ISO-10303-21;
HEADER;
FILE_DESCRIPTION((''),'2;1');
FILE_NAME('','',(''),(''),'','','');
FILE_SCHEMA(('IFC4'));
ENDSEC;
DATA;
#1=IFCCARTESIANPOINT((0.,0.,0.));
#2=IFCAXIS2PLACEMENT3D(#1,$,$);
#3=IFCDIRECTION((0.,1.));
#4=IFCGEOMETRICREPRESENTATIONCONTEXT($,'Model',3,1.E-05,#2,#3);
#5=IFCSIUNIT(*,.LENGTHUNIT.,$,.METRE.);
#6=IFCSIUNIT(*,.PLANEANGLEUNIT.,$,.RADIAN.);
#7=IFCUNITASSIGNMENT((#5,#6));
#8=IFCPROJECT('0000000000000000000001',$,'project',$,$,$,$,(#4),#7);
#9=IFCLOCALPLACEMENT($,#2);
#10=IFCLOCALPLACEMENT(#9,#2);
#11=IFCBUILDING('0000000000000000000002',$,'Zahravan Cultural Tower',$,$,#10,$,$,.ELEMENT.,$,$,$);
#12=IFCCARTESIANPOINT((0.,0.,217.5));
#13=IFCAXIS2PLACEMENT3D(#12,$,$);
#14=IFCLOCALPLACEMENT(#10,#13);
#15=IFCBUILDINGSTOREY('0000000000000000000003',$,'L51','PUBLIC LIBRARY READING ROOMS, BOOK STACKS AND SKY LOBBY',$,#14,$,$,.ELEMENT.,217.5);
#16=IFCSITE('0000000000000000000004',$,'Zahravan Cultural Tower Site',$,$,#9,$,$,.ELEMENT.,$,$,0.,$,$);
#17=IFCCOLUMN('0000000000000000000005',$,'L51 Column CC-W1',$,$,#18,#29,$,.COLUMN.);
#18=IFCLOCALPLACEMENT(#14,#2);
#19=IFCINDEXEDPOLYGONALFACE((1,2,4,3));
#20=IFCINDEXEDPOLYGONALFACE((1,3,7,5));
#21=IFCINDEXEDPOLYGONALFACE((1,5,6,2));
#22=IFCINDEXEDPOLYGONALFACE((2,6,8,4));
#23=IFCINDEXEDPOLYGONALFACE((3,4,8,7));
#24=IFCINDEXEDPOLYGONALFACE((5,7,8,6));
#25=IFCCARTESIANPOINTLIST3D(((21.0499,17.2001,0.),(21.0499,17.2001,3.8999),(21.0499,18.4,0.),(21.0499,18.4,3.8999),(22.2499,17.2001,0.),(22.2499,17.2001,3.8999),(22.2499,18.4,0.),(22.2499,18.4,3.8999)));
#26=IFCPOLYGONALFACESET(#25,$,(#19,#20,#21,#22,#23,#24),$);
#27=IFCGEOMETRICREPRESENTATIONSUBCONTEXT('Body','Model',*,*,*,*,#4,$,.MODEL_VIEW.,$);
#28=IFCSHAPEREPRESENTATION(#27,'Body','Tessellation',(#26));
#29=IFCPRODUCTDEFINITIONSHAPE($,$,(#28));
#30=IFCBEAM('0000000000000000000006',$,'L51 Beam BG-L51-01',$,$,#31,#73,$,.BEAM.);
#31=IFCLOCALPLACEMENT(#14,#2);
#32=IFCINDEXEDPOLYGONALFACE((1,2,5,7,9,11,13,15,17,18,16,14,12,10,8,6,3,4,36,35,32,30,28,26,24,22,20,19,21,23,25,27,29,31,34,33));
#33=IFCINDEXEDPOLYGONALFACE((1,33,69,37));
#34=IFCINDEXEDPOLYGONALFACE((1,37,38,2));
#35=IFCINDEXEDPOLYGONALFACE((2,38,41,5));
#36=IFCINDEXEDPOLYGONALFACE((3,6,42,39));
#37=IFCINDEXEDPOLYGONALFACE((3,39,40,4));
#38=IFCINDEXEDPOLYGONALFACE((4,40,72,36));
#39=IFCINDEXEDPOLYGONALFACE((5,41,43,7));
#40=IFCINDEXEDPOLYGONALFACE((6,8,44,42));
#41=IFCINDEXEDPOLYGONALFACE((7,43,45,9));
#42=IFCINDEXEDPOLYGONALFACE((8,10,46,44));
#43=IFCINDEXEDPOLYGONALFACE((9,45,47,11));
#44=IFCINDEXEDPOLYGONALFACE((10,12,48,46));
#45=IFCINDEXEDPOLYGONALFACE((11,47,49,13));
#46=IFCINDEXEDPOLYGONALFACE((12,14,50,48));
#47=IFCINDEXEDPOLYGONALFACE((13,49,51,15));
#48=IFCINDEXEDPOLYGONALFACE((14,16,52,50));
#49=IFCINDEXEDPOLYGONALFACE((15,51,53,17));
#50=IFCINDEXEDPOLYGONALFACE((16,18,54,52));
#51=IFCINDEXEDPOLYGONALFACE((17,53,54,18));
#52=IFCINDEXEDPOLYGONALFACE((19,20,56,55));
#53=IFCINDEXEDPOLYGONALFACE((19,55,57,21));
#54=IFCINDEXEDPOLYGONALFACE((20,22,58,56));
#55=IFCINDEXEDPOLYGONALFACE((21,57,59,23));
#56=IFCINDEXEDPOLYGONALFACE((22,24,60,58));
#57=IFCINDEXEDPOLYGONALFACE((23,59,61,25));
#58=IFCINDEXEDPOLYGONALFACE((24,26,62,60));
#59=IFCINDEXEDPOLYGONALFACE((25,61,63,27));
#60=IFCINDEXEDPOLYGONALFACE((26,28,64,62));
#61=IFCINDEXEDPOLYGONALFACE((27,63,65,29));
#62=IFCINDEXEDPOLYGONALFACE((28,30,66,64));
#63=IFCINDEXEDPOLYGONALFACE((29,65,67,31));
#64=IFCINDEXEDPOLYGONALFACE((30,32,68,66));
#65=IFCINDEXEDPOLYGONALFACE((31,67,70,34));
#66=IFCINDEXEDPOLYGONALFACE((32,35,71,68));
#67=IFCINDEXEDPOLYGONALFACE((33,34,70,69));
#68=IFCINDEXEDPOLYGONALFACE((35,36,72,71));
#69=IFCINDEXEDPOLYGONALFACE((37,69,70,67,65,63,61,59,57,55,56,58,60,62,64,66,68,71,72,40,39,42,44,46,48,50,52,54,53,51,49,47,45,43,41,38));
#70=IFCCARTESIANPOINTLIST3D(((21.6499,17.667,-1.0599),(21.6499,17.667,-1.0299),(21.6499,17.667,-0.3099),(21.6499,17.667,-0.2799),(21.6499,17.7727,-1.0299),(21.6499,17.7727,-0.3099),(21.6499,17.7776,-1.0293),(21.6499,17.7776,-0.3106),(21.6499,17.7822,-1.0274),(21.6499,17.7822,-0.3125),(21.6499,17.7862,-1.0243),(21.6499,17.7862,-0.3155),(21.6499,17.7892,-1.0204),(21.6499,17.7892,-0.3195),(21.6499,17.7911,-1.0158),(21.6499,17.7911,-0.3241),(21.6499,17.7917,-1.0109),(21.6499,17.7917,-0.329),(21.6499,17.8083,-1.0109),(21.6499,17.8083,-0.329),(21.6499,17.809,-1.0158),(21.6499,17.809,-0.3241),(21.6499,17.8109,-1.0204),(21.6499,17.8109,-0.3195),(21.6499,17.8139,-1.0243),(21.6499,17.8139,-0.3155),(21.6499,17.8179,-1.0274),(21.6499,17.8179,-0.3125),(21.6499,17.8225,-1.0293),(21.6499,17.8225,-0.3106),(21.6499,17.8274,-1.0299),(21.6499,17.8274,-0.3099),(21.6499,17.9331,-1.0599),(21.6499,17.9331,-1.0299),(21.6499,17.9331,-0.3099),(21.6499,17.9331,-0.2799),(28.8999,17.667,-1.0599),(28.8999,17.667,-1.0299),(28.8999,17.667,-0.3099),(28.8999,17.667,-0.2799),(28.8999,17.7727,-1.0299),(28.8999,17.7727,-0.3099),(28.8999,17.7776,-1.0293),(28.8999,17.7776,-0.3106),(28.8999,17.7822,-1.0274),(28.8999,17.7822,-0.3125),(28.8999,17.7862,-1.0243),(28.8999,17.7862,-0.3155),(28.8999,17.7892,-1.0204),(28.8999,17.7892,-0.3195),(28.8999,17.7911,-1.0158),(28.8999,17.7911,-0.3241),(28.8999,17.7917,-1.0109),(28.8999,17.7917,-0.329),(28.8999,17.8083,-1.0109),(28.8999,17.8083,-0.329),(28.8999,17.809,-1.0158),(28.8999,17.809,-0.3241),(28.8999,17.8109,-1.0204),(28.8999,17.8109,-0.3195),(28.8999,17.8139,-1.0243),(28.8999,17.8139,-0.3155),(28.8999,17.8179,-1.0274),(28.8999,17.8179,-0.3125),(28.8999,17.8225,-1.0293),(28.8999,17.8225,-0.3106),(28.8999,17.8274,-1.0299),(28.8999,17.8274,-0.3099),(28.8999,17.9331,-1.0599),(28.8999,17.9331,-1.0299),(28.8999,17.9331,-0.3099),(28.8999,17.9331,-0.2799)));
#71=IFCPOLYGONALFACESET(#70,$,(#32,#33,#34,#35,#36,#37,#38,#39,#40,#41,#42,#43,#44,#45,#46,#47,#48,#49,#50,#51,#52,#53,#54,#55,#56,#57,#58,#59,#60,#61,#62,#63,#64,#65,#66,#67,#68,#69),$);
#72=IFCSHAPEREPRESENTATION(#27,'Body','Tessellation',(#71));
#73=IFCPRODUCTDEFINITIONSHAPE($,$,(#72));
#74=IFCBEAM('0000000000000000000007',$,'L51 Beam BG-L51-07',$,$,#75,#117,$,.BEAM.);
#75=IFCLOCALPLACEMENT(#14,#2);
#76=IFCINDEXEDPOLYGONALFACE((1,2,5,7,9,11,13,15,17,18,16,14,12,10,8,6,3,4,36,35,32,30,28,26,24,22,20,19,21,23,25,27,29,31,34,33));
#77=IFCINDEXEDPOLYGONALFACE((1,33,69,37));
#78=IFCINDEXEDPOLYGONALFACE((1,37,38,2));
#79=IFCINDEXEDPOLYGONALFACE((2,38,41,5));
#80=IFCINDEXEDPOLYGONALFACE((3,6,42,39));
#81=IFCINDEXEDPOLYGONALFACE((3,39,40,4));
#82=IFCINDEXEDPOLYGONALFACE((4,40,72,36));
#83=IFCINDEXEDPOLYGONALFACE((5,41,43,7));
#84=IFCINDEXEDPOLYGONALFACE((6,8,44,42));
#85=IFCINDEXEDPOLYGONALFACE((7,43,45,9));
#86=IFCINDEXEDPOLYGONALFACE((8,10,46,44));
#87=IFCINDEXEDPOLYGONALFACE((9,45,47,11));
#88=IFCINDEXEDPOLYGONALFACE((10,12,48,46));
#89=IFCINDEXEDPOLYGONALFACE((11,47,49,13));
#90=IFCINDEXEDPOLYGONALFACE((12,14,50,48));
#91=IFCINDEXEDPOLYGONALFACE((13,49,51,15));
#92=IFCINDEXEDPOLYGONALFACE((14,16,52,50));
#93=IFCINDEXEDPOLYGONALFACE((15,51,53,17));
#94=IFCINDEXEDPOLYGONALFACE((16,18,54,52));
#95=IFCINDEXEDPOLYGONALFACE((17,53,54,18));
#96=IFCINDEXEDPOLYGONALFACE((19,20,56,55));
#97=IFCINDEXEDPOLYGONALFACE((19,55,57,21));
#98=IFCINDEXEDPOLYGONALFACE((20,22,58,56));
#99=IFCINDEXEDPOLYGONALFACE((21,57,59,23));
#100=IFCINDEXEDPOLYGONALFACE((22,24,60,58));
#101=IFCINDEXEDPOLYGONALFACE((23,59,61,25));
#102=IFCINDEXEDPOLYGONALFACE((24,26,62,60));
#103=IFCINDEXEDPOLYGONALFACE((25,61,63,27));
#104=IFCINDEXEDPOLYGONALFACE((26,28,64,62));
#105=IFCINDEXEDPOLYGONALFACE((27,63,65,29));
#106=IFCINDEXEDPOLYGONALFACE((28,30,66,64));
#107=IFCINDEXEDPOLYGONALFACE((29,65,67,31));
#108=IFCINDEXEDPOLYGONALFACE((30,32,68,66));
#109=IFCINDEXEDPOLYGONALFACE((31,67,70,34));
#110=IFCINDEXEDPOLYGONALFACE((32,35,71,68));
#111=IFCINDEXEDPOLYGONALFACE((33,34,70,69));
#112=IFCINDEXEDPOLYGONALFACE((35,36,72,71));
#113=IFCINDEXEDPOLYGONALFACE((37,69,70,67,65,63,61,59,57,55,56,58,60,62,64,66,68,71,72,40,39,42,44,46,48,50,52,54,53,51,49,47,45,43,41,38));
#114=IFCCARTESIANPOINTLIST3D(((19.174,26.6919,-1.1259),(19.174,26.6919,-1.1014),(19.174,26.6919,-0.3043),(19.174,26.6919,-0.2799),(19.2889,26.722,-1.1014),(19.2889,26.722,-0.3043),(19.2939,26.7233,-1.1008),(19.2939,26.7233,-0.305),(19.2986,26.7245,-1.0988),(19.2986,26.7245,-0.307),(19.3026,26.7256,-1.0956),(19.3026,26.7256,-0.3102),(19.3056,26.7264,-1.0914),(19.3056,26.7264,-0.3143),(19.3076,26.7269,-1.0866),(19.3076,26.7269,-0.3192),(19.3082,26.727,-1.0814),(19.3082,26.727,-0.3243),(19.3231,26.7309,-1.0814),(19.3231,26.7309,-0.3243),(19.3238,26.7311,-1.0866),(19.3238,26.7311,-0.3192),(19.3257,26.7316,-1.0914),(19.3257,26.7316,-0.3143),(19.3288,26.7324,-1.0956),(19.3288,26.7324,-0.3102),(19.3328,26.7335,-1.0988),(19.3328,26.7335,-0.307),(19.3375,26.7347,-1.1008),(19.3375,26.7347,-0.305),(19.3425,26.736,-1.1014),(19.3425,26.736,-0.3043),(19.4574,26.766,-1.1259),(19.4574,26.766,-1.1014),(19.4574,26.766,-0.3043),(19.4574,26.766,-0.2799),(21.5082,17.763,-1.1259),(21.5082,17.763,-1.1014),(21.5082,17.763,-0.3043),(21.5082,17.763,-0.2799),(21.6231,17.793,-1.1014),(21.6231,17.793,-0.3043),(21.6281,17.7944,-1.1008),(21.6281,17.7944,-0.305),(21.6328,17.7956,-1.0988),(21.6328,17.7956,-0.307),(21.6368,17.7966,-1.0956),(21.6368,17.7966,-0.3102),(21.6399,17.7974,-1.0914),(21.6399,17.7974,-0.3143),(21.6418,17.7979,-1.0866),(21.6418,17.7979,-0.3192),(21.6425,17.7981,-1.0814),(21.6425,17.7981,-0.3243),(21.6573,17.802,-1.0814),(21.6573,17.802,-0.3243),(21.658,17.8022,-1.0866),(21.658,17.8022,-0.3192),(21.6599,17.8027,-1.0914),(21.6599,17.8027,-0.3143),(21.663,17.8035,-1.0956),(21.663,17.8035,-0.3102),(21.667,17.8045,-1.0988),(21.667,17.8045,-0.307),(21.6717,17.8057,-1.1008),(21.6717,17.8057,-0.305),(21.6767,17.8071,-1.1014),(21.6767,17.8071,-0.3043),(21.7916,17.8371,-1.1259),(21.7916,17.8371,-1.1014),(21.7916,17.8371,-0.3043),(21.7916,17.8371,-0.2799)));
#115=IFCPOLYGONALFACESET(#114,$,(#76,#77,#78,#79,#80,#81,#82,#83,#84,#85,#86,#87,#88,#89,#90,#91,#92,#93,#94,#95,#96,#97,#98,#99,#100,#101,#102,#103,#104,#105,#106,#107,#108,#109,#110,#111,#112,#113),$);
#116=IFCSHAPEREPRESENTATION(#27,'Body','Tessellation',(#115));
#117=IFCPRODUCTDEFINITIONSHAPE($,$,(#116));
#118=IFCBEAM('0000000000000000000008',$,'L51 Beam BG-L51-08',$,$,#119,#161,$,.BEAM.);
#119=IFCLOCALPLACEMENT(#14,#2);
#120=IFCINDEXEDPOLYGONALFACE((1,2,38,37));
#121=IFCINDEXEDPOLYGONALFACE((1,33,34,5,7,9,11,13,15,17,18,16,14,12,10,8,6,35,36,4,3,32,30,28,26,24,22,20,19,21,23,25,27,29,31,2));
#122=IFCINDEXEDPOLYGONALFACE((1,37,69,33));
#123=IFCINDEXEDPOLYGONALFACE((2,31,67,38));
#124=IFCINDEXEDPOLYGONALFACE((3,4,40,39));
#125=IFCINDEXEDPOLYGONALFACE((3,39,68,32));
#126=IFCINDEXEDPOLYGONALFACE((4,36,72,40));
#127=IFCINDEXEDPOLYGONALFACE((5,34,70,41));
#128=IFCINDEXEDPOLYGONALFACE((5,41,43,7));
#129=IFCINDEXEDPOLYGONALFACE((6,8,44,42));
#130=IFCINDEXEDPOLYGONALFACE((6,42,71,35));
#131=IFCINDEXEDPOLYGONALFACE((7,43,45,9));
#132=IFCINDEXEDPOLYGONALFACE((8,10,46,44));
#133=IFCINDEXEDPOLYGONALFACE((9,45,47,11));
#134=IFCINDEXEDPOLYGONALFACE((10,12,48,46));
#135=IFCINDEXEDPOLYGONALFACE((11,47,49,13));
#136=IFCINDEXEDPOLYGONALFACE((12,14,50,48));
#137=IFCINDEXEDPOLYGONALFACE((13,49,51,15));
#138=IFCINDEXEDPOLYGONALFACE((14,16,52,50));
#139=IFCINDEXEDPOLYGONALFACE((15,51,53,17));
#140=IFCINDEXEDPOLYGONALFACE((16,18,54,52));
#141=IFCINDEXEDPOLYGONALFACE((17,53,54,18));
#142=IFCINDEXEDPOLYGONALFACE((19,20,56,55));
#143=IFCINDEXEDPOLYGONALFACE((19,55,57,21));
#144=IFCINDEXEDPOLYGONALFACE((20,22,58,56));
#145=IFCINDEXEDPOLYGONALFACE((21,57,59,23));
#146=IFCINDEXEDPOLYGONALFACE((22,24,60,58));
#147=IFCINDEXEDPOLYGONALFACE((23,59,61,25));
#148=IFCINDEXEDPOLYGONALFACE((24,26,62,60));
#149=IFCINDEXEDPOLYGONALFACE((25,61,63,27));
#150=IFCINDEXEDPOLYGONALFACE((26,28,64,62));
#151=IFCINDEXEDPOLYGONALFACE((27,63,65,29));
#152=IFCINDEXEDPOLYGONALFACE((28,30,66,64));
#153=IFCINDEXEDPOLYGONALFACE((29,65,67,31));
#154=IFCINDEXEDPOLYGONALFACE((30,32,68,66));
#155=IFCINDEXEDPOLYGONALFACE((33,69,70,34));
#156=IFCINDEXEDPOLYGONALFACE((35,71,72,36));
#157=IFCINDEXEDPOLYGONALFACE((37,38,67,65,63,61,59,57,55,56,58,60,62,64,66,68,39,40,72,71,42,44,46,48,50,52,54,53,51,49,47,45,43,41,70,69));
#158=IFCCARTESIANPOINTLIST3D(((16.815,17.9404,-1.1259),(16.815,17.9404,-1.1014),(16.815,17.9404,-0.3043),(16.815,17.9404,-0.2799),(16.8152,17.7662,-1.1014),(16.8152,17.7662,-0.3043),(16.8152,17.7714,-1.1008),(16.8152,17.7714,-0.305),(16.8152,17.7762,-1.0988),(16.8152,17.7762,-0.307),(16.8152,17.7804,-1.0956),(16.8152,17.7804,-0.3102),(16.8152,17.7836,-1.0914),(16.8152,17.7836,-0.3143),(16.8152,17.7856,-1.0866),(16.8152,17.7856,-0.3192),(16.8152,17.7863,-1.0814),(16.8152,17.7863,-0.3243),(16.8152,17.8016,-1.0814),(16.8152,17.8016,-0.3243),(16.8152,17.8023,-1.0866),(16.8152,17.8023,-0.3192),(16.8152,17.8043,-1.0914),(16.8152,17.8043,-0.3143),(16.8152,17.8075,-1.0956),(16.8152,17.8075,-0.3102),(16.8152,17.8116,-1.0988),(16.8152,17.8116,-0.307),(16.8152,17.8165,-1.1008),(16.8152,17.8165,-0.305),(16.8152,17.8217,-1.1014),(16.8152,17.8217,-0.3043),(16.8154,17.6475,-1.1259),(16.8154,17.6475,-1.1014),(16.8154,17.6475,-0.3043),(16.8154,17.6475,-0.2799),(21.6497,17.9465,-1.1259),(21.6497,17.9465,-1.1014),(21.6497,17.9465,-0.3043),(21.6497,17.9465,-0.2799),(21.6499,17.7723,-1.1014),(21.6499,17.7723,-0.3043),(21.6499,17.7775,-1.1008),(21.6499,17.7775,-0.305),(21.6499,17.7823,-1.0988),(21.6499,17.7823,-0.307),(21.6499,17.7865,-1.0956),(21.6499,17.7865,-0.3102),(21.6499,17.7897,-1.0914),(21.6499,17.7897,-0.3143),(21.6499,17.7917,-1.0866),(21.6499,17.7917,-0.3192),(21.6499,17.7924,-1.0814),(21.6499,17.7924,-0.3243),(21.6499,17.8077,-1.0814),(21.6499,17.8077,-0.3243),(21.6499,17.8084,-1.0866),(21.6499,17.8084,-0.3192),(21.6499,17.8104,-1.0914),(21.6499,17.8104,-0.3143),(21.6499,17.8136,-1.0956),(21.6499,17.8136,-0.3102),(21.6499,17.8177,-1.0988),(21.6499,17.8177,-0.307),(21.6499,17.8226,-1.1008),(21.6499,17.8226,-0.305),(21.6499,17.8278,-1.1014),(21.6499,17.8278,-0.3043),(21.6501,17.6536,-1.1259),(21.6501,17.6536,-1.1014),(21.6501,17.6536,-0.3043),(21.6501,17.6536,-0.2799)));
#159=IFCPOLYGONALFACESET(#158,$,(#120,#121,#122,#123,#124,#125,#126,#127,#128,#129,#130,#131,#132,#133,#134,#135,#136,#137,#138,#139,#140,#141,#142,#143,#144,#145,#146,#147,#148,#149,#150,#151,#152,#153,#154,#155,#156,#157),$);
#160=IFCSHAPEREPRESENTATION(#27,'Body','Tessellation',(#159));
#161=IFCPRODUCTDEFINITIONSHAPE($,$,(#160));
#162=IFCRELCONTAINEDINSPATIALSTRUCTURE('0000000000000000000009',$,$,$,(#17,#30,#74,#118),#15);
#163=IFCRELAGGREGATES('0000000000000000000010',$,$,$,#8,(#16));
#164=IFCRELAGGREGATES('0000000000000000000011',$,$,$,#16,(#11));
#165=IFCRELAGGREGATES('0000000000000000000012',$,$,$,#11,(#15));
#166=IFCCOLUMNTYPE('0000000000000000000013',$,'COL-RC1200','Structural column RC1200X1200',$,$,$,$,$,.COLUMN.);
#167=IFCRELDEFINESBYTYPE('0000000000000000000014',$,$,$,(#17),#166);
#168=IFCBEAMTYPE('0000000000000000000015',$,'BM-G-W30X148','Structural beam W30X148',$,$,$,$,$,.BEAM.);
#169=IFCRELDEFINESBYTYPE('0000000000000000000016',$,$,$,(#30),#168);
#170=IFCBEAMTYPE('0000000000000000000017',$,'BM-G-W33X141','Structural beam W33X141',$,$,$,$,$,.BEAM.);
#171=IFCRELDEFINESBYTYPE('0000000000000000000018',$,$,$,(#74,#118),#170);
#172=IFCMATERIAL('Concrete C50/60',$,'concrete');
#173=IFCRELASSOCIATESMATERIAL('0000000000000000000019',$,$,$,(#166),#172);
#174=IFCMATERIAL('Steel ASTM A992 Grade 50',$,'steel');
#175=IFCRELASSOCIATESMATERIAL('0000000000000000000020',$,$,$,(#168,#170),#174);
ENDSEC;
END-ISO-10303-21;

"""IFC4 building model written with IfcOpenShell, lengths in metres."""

from ifc_helpers import new_model, si_unit, direction, frame, origin, origin_2d, place, context, subcontext, project, spatial, rectangle, i_section, extrude, source, transform, mapped, material, material_profile, profile_set, type_object, element, save


model = new_model("IFC4")

# Units and contexts
model_context = context("Model", 3, precision=1e-05, world=origin(), true_north=direction((0.0, 1.0)))
body_context = subcontext(model_context, "Body", "Model", "MODEL_VIEW")
ifc_project = project(units=[si_unit("LENGTHUNIT", "METRE"), si_unit("PLANEANGLEUNIT", "RADIAN")], contexts=[model_context])

# Site, building, storey
site_placement = place(None, origin())
site = spatial("IfcSite", under=ifc_project, at=site_placement, Name="Zahravan Cultural Tower Site", CompositionType="ELEMENT", RefElevation=0.0)
building_placement = place(site_placement, origin())
building = spatial("IfcBuilding", under=site, at=building_placement, Name="Zahravan Cultural Tower", CompositionType="ELEMENT")
storey_placement = place(building_placement, frame((0.0, 0.0, 217.5)))
storey = spatial("IfcBuildingStorey", under=building, at=storey_placement, Name="L51", Description="PUBLIC LIBRARY READING ROOMS, BOOK STACKS AND SKY LOBBY", CompositionType="ELEMENT", Elevation=217.5)

# Column
ifc_material_1 = material(Name="Concrete C50/60", Category="concrete")
ifc_material_profile_1 = material_profile(ifc_material_1, rectangle(XDim=1.2, YDim=1.2, at=origin_2d()), Name="RC1200X1200")
ifc_profile_set_1 = profile_set([ifc_material_profile_1], Name="Concrete C50/60")
column_type = type_object("IfcColumnType", Name="COL-RC1200", Description="Structural column RC1200X1200", PredefinedType="COLUMN", material=ifc_profile_set_1)
shared_shape_1 = source(origin(), body_context, "Body", "SweptSolid", [
    extrude(rectangle(XDim=1.2, YDim=1.2, at=origin_2d()), origin(), (0.0, 0.0, 1.0), 3.8999),
])
column_placement = place(storey_placement, frame((21.6499, 17.8, 0.0), z_axis=(0.0, 0.0, 1.0), x_axis=(1.0, 0.0, 0.0)))
element("IfcColumn", 1, at=column_placement, inside=storey, type_object=column_type, Name="L51 Column CC-W1", PredefinedType="COLUMN", context=body_context, shape_type="MappedRepresentation", body=[
    mapped(shared_shape_1, transform((0.0, 0.0, 0.0), x_axis=(1.0, 0.0, 0.0), y_axis=(0.0, 1.0, 0.0), z_axis=(0.0, 0.0, 1.0), scale=1.0)),
])

# Beams
ifc_material_2 = material(Name="Steel ASTM A992 Grade 50", Category="steel")
ifc_material_profile_2 = material_profile(ifc_material_2, i_section(OverallWidth=0.2661, OverallDepth=0.78, WebThickness=0.0166, FlangeThickness=0.03, FilletRadius=0.019, at=origin_2d()), Name="W30X148")
ifc_profile_set_2 = profile_set([ifc_material_profile_2], Name="Steel ASTM A992 Grade 50")
beam_type_1 = type_object("IfcBeamType", Name="BM-G-W30X148", Description="Structural beam W30X148", PredefinedType="BEAM", material=ifc_profile_set_2)
shared_shape_2 = source(origin(), body_context, "Body", "SweptSolid", [
    extrude(i_section(OverallWidth=0.2661, OverallDepth=0.78, WebThickness=0.0166, FlangeThickness=0.03, FilletRadius=0.019, at=origin_2d()), origin(), (0.0, 0.0, 1.0), 7.25),
])
beam_1_placement = place(storey_placement, frame((21.6499, 17.8, -0.6699), z_axis=(1.0, 0.0, 0.0), x_axis=(0.0, 1.0, 0.0)))
element("IfcBeam", 2, at=beam_1_placement, inside=storey, type_object=beam_type_1, Name="L51 Beam BG-L51-01", PredefinedType="BEAM", context=body_context, shape_type="MappedRepresentation", body=[
    mapped(shared_shape_2, transform((0.0, 0.0, 0.0), x_axis=(1.0, 0.0, 0.0), y_axis=(0.0, 1.0, 0.0), z_axis=(0.0, 0.0, 1.0), scale=1.0)),
])
ifc_material_profile_3 = material_profile(ifc_material_2, i_section(OverallWidth=0.293, OverallDepth=0.8459, WebThickness=0.0154, FlangeThickness=0.0244, FilletRadius=0.02, at=origin_2d()), Name="W33X141")
ifc_profile_set_3 = profile_set([ifc_material_profile_3], Name="Steel ASTM A992 Grade 50")
beam_type_2 = type_object("IfcBeamType", Name="BM-G-W33X141", Description="Structural beam W33X141", PredefinedType="BEAM", material=ifc_profile_set_3)
shared_shape_3 = source(origin(), body_context, "Body", "SweptSolid", [
    extrude(i_section(OverallWidth=0.293, OverallDepth=0.8459, WebThickness=0.0154, FlangeThickness=0.0244, FilletRadius=0.02, at=origin_2d()), origin(), (0.0, 0.0, 1.0), 9.229),
])
beam_2_placement = place(storey_placement, frame((21.6499, 17.8, -0.7029), z_axis=(-0.252923, 0.967487, 0.0), x_axis=(-0.967487, -0.252923, 0.0)))
element("IfcBeam", 3, at=beam_2_placement, inside=storey, type_object=beam_type_2, Name="L51 Beam BG-L51-07", PredefinedType="BEAM", context=body_context, shape_type="MappedRepresentation", body=[
    mapped(shared_shape_3, transform((0.0, 0.0, 0.0), x_axis=(1.0, 0.0, 0.0), y_axis=(0.0, 1.0, 0.0), z_axis=(0.0, 0.0, 1.0), scale=1.0)),
])
shared_shape_4 = source(origin(), body_context, "Body", "SweptSolid", [
    extrude(i_section(OverallWidth=0.293, OverallDepth=0.8459, WebThickness=0.0154, FlangeThickness=0.0244, FilletRadius=0.02, at=origin_2d()), origin(), (0.0, 0.0, 1.0), 4.8347),
])
beam_3_placement = place(storey_placement, frame((21.6499, 17.8, -0.7029), z_axis=(-0.999999, -0.001262, 0.0), x_axis=(0.001262, -0.999999, 0.0)))
element("IfcBeam", 4, at=beam_3_placement, inside=storey, type_object=beam_type_2, Name="L51 Beam BG-L51-08", PredefinedType="BEAM", context=body_context, shape_type="MappedRepresentation", body=[
    mapped(shared_shape_4, transform((0.0, 0.0, 0.0), x_axis=(1.0, 0.0, 0.0), y_axis=(0.0, 1.0, 0.0), z_axis=(0.0, 0.0, 1.0), scale=1.0)),
])

save(model, "model.ifc")
